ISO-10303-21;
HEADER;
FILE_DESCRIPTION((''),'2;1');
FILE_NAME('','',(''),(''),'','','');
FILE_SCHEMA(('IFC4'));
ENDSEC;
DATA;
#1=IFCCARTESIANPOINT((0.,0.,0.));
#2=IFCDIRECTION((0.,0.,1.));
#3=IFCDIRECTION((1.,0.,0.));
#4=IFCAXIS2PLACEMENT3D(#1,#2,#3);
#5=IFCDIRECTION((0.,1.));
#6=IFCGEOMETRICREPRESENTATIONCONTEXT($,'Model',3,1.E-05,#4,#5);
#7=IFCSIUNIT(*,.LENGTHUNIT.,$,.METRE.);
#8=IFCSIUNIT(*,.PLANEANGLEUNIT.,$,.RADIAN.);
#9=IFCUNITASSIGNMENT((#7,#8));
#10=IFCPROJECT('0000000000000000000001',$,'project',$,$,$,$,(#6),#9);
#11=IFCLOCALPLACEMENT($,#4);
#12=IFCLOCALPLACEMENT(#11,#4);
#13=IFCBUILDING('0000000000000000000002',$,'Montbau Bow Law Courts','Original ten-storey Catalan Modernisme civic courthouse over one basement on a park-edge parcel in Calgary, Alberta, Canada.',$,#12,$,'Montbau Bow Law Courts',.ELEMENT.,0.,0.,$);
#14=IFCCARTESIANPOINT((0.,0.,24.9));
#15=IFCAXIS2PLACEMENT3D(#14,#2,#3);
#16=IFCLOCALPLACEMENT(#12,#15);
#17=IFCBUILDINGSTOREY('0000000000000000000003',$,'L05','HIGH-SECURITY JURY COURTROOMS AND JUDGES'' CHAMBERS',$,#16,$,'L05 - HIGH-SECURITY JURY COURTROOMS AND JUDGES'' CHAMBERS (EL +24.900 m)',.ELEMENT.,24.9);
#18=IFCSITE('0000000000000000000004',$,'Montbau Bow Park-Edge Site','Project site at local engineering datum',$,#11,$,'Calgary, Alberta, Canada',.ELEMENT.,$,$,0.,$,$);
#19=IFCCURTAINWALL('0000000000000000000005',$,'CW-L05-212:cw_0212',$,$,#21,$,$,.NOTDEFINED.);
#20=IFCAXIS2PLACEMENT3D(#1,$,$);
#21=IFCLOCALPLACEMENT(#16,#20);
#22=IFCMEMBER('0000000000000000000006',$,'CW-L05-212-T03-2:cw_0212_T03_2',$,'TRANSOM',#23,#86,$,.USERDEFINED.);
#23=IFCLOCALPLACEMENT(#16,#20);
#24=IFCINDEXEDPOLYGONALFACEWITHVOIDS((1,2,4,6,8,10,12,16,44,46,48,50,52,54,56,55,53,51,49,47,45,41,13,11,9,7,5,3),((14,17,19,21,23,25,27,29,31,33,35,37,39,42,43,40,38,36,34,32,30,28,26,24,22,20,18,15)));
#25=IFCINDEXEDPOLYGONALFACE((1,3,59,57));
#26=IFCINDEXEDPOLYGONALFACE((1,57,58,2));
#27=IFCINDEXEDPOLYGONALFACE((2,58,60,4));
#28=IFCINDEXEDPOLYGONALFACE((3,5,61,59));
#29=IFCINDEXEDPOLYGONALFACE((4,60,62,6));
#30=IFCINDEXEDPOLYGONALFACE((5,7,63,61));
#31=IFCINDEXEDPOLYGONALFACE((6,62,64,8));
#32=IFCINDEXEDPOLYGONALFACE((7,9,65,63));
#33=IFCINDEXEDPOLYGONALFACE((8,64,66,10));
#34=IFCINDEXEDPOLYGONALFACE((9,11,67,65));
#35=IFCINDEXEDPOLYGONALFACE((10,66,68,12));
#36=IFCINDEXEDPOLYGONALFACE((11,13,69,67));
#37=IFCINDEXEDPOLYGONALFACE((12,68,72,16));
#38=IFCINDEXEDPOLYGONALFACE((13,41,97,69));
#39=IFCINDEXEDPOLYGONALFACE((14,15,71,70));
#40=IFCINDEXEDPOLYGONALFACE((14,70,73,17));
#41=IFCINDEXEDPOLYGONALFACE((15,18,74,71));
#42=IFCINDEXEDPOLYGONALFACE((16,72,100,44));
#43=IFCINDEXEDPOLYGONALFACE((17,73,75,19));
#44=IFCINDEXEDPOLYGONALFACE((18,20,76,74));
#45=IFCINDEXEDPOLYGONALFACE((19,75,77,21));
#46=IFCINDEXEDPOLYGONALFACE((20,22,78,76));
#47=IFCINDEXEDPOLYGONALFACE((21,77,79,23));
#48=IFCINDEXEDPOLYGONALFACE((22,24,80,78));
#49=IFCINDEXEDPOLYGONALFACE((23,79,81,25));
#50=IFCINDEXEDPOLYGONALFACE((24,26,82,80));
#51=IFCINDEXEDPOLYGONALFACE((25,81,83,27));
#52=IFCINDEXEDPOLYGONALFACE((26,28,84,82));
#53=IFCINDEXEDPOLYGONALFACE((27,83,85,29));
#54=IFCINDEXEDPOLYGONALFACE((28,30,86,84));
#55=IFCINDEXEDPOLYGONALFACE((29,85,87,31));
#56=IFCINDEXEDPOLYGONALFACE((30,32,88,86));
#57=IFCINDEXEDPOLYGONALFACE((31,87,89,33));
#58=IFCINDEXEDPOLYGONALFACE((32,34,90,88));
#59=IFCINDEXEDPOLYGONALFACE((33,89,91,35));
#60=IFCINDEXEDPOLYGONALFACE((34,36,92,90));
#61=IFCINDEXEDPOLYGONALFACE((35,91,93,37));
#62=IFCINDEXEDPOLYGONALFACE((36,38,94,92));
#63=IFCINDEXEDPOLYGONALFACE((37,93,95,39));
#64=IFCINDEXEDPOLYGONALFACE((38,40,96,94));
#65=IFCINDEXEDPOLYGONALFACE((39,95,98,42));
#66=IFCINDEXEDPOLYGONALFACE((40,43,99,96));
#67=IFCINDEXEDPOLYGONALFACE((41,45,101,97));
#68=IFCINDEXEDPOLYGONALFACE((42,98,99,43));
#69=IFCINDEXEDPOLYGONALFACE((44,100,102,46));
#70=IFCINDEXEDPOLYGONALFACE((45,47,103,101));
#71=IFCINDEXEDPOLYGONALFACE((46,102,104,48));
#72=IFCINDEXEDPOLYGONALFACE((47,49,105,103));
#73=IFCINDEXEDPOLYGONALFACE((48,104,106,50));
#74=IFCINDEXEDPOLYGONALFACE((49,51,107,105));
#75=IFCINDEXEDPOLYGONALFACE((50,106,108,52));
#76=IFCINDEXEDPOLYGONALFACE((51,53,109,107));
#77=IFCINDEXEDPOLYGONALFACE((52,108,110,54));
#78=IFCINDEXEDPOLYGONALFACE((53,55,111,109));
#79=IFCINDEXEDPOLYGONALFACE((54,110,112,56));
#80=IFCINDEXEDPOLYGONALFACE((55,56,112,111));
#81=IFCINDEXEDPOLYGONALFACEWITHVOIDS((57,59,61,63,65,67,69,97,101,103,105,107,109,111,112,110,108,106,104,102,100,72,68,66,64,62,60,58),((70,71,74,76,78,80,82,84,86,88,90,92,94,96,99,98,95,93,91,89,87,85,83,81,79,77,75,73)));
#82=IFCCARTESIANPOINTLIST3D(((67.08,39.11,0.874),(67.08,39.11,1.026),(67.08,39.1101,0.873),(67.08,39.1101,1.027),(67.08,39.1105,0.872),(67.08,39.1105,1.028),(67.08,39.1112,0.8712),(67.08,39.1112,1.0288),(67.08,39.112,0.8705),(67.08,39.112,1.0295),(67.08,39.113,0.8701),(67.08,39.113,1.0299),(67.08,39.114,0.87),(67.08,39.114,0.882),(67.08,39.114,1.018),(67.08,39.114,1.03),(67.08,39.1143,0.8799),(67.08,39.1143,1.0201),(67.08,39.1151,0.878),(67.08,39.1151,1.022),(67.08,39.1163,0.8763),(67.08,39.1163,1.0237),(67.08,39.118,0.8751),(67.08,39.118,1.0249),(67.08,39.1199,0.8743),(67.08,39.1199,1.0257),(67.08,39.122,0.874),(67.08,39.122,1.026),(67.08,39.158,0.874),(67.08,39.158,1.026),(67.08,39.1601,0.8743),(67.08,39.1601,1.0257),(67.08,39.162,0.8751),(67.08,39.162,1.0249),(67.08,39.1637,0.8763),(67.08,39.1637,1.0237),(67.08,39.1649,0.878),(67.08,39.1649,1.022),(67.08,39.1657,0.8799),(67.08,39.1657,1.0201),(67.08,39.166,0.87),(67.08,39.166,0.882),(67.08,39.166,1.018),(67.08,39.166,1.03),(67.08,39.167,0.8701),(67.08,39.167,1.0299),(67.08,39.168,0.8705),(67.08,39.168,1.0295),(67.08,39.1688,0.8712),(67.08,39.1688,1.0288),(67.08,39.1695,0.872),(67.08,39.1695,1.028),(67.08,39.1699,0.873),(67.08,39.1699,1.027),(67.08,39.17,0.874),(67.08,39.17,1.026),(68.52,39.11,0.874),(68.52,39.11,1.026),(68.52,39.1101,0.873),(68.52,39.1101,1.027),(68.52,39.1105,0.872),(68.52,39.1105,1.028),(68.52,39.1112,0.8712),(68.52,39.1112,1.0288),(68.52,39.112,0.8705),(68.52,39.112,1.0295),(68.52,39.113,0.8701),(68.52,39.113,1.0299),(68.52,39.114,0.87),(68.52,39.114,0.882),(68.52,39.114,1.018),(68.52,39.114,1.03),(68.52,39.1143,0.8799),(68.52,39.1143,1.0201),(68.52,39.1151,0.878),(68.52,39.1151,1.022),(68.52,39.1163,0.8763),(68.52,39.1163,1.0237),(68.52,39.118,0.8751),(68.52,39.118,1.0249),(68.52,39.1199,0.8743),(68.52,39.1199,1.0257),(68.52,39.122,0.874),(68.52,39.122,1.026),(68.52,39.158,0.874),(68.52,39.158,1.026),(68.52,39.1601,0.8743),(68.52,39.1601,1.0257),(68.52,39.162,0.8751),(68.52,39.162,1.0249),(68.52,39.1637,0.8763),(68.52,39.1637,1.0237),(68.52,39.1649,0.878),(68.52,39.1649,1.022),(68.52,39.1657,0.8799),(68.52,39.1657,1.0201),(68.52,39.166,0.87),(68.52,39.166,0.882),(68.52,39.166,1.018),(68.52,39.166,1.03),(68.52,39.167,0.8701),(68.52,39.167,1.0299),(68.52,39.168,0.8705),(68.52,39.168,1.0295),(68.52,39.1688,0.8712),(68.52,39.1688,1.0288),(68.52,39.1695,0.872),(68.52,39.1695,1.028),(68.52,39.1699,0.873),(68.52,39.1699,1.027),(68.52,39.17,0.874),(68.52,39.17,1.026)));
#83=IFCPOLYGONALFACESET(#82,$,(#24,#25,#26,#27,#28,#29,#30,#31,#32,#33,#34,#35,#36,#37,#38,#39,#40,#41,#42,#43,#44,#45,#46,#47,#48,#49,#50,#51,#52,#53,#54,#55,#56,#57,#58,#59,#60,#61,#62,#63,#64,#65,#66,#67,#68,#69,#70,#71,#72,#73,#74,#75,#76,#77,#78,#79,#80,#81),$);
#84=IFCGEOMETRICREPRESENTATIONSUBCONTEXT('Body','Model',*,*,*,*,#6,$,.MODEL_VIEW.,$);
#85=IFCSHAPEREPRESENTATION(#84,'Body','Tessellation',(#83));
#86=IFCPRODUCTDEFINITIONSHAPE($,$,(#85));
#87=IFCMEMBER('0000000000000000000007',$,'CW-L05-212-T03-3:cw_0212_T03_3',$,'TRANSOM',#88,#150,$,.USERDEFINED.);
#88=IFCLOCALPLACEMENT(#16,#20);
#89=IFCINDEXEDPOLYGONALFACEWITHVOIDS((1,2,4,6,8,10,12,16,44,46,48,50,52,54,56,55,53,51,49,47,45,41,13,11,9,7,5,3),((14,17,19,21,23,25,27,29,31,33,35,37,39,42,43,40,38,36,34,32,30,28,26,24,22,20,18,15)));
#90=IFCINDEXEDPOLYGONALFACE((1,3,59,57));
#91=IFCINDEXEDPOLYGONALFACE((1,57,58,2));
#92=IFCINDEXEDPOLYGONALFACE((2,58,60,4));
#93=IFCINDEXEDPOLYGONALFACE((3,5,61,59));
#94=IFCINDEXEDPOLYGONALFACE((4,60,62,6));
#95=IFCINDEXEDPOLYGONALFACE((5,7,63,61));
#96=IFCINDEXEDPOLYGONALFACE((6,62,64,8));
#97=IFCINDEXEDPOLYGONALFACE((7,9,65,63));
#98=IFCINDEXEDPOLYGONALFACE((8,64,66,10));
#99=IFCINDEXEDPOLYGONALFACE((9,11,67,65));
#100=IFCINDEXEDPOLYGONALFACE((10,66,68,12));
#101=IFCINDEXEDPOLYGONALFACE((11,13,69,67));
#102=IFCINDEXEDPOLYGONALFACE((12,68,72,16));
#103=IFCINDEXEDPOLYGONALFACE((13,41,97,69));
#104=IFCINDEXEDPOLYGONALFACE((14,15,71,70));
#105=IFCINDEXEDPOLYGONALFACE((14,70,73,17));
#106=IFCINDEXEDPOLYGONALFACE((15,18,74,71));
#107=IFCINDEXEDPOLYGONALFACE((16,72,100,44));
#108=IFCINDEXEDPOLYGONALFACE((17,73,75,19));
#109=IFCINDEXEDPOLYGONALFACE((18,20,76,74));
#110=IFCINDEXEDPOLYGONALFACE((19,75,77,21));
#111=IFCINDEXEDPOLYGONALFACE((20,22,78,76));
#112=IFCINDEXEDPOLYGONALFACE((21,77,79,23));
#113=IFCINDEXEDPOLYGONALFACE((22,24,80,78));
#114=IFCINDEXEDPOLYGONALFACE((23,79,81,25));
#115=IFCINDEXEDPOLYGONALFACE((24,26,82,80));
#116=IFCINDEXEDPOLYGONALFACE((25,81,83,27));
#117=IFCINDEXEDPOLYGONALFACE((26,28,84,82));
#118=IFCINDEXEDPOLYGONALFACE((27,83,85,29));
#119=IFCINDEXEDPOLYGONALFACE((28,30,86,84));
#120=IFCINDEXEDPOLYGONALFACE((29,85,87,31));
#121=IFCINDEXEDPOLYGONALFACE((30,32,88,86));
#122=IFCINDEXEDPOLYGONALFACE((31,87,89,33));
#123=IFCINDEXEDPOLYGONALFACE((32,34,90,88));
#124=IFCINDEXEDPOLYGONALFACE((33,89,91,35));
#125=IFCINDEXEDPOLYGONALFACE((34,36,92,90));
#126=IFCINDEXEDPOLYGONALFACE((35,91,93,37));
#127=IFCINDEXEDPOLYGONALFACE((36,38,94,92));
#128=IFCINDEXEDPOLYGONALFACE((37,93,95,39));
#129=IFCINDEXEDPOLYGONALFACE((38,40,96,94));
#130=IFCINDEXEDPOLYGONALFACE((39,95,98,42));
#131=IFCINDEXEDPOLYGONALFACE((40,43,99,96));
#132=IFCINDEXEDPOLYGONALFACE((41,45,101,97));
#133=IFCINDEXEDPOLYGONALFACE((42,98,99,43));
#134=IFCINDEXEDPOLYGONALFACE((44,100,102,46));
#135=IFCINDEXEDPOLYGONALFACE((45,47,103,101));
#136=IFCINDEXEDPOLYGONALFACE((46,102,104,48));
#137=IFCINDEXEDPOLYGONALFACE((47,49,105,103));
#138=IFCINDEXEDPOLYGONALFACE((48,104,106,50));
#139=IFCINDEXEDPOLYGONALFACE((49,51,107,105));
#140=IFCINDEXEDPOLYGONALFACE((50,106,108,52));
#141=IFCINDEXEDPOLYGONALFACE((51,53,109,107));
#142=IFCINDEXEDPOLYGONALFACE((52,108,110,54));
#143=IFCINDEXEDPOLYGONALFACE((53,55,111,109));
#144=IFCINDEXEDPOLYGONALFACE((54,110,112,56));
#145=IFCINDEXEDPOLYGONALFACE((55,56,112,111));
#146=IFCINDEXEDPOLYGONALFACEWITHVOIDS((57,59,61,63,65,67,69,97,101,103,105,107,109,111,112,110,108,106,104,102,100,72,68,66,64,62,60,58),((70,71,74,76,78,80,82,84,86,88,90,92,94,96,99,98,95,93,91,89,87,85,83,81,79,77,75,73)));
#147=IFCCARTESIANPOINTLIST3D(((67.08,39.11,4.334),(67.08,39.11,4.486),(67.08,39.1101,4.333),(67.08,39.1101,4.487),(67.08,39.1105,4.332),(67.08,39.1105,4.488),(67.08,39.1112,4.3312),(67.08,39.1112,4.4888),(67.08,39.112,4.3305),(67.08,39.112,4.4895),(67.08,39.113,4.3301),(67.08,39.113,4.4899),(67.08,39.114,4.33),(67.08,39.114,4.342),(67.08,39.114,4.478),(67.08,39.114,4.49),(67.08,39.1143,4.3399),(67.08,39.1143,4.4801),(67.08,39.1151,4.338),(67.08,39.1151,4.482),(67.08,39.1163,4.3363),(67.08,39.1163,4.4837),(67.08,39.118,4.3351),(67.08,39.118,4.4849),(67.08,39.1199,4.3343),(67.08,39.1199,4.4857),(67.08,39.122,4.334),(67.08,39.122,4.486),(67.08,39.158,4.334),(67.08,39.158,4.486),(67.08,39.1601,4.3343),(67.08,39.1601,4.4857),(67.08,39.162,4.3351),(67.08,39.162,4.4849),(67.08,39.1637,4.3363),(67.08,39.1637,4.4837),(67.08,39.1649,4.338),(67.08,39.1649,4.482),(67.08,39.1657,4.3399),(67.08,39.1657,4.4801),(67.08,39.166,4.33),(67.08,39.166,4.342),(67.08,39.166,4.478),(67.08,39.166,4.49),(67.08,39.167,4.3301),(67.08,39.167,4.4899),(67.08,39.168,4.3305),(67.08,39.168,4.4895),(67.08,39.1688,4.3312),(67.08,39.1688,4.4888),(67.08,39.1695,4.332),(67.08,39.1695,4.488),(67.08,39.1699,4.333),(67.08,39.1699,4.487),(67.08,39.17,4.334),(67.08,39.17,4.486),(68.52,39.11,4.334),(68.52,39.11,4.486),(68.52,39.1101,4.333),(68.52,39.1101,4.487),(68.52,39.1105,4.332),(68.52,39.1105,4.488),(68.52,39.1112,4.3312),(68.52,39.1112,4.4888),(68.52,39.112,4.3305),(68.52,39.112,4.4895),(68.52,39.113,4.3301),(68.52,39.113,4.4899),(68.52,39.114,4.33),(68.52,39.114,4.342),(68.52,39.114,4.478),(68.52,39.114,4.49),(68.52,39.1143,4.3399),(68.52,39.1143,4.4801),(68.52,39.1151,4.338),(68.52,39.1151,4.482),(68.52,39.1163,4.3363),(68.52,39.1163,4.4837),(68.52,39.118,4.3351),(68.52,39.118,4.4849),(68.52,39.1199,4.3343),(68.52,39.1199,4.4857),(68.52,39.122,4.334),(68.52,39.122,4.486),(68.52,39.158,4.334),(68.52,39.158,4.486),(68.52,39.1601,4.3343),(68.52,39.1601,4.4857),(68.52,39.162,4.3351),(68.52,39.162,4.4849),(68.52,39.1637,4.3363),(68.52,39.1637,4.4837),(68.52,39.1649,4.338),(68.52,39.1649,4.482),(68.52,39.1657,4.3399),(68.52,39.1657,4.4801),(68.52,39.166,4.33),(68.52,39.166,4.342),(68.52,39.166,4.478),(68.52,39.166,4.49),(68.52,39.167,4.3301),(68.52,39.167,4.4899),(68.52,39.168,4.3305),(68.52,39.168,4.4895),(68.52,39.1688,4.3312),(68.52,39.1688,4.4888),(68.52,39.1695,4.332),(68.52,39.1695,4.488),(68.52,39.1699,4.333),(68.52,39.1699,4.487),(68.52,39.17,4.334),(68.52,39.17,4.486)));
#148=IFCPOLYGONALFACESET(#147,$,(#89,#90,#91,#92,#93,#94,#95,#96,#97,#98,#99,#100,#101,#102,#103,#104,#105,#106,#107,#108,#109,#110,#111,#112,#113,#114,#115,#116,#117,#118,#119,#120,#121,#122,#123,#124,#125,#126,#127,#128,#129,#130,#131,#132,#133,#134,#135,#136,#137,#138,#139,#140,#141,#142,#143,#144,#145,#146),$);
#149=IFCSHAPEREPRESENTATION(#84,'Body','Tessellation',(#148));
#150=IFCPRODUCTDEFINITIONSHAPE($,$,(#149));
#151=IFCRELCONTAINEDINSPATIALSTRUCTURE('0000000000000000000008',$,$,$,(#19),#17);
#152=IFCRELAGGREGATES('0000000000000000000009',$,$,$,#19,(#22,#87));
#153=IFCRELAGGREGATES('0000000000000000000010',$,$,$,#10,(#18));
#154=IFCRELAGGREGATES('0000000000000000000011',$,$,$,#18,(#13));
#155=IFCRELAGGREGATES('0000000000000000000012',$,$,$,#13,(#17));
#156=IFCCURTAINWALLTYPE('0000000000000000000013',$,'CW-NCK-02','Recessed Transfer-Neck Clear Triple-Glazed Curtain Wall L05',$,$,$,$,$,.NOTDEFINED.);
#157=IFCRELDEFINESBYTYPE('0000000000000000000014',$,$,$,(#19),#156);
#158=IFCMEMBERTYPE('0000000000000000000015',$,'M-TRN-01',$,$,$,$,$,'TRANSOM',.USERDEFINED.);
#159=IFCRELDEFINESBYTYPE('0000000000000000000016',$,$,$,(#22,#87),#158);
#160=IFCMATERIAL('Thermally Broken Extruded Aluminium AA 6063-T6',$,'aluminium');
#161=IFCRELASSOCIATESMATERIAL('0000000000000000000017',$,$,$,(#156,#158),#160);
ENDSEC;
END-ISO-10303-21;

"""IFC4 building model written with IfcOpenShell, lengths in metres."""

from ifc_helpers import new_model, si_unit, direction, frame, origin_with_axes, origin_2d_with_axis, place, context, subcontext, project, spatial, hollow_rectangle, extrude, material, material_profile, profile_set, type_object, element, aggregate, save


model = new_model("IFC4")

# Units and contexts
model_context = context("Model", 3, precision=1e-05, world=origin_with_axes(), true_north=direction((0.0, 1.0)))
body_context = subcontext(model_context, "Body", "Model", "MODEL_VIEW")
ifc_project = project(units=[si_unit("LENGTHUNIT", "METRE"), si_unit("PLANEANGLEUNIT", "RADIAN")], contexts=[model_context])

# Site, building, storey
site_placement = place(None, origin_with_axes())
site = spatial("IfcSite", under=ifc_project, at=site_placement, Name="Montbau Bow Park-Edge Site", Description="Project site at local engineering datum", LongName="Calgary, Alberta, Canada", CompositionType="ELEMENT", RefElevation=0.0)
building_placement = place(site_placement, origin_with_axes())
building = spatial("IfcBuilding", under=site, at=building_placement, Name="Montbau Bow Law Courts", Description="Original ten-storey Catalan Modernisme civic courthouse over one basement on a park-edge parcel in Calgary, Alberta, Canada.", LongName="Montbau Bow Law Courts", CompositionType="ELEMENT", ElevationOfRefHeight=0.0, ElevationOfTerrain=0.0)
storey_placement = place(building_placement, frame((0.0, 0.0, 24.9), z_axis=(0.0, 0.0, 1.0), x_axis=(1.0, 0.0, 0.0)))
storey = spatial("IfcBuildingStorey", under=building, at=storey_placement, Name="L05", Description="HIGH-SECURITY JURY COURTROOMS AND JUDGES' CHAMBERS", LongName="L05 - HIGH-SECURITY JURY COURTROOMS AND JUDGES' CHAMBERS (EL +24.900 m)", CompositionType="ELEMENT", Elevation=24.9)

# Curtain wall, members
ifc_material_1 = material(Name="Thermally Broken Extruded Aluminium AA 6063-T6", Category="aluminium")
curtain_wall_type = type_object("IfcCurtainWallType", Name="CW-NCK-02", Description="Recessed Transfer-Neck Clear Triple-Glazed Curtain Wall L05", PredefinedType="NOTDEFINED", material=ifc_material_1)
curtain_wall_placement = place(None, frame((64.04, 39.14, 24.9), z_axis=(0.0, 0.0, 1.0), x_axis=(1.0, 0.0, 0.0)))
curtain_wall = element("IfcCurtainWall", 1, at=curtain_wall_placement, inside=storey, type_object=curtain_wall_type, Name="CW-L05-212:cw_0212", PredefinedType="NOTDEFINED")
ifc_material_profile_1 = material_profile(ifc_material_1, hollow_rectangle(XDim=0.06, YDim=0.16, WallThickness=0.004, InnerFilletRadius=0.008, OuterFilletRadius=0.004, at=origin_2d_with_axis()), Name="CWT-160X60", Category="Main", Priority=0)
ifc_profile_set_1 = profile_set([ifc_material_profile_1], Name="Thermally Broken Extruded Aluminium AA 6063-T6")
member_type_1 = type_object("IfcMemberType", Name="M-TRN-01", ElementType="TRANSOM", PredefinedType="USERDEFINED", material=ifc_profile_set_1)
member_1_placement = place(None, frame((67.08, 39.14, 25.85), z_axis=(1.0, 0.0, 0.0), x_axis=(0.0, 1.0, 0.0)))
member_1 = element("IfcMember", 2, at=member_1_placement, type_object=member_type_1, Name="CW-L05-212-T03-2:cw_0212_T03_2", ObjectType="TRANSOM", PredefinedType="USERDEFINED", context=body_context, shape_type="SweptSolid", body=[
    extrude(hollow_rectangle(XDim=0.06, YDim=0.16, WallThickness=0.004, InnerFilletRadius=0.008, OuterFilletRadius=0.004, at=origin_2d_with_axis()), origin_with_axes(), (0.0, 0.0, 1.0), 1.44),
])
member_2_placement = place(None, frame((67.08, 39.14, 29.31), z_axis=(1.0, 0.0, 0.0), x_axis=(0.0, 1.0, 0.0)))
member_2 = element("IfcMember", 3, at=member_2_placement, type_object=member_type_1, Name="CW-L05-212-T03-3:cw_0212_T03_3", ObjectType="TRANSOM", PredefinedType="USERDEFINED", context=body_context, shape_type="SweptSolid", body=[
    extrude(hollow_rectangle(XDim=0.06, YDim=0.16, WallThickness=0.004, InnerFilletRadius=0.008, OuterFilletRadius=0.004, at=origin_2d_with_axis()), origin_with_axes(), (0.0, 0.0, 1.0), 1.44),
])
aggregate(curtain_wall, [member_1, member_2])

save(model, "model.ifc")
